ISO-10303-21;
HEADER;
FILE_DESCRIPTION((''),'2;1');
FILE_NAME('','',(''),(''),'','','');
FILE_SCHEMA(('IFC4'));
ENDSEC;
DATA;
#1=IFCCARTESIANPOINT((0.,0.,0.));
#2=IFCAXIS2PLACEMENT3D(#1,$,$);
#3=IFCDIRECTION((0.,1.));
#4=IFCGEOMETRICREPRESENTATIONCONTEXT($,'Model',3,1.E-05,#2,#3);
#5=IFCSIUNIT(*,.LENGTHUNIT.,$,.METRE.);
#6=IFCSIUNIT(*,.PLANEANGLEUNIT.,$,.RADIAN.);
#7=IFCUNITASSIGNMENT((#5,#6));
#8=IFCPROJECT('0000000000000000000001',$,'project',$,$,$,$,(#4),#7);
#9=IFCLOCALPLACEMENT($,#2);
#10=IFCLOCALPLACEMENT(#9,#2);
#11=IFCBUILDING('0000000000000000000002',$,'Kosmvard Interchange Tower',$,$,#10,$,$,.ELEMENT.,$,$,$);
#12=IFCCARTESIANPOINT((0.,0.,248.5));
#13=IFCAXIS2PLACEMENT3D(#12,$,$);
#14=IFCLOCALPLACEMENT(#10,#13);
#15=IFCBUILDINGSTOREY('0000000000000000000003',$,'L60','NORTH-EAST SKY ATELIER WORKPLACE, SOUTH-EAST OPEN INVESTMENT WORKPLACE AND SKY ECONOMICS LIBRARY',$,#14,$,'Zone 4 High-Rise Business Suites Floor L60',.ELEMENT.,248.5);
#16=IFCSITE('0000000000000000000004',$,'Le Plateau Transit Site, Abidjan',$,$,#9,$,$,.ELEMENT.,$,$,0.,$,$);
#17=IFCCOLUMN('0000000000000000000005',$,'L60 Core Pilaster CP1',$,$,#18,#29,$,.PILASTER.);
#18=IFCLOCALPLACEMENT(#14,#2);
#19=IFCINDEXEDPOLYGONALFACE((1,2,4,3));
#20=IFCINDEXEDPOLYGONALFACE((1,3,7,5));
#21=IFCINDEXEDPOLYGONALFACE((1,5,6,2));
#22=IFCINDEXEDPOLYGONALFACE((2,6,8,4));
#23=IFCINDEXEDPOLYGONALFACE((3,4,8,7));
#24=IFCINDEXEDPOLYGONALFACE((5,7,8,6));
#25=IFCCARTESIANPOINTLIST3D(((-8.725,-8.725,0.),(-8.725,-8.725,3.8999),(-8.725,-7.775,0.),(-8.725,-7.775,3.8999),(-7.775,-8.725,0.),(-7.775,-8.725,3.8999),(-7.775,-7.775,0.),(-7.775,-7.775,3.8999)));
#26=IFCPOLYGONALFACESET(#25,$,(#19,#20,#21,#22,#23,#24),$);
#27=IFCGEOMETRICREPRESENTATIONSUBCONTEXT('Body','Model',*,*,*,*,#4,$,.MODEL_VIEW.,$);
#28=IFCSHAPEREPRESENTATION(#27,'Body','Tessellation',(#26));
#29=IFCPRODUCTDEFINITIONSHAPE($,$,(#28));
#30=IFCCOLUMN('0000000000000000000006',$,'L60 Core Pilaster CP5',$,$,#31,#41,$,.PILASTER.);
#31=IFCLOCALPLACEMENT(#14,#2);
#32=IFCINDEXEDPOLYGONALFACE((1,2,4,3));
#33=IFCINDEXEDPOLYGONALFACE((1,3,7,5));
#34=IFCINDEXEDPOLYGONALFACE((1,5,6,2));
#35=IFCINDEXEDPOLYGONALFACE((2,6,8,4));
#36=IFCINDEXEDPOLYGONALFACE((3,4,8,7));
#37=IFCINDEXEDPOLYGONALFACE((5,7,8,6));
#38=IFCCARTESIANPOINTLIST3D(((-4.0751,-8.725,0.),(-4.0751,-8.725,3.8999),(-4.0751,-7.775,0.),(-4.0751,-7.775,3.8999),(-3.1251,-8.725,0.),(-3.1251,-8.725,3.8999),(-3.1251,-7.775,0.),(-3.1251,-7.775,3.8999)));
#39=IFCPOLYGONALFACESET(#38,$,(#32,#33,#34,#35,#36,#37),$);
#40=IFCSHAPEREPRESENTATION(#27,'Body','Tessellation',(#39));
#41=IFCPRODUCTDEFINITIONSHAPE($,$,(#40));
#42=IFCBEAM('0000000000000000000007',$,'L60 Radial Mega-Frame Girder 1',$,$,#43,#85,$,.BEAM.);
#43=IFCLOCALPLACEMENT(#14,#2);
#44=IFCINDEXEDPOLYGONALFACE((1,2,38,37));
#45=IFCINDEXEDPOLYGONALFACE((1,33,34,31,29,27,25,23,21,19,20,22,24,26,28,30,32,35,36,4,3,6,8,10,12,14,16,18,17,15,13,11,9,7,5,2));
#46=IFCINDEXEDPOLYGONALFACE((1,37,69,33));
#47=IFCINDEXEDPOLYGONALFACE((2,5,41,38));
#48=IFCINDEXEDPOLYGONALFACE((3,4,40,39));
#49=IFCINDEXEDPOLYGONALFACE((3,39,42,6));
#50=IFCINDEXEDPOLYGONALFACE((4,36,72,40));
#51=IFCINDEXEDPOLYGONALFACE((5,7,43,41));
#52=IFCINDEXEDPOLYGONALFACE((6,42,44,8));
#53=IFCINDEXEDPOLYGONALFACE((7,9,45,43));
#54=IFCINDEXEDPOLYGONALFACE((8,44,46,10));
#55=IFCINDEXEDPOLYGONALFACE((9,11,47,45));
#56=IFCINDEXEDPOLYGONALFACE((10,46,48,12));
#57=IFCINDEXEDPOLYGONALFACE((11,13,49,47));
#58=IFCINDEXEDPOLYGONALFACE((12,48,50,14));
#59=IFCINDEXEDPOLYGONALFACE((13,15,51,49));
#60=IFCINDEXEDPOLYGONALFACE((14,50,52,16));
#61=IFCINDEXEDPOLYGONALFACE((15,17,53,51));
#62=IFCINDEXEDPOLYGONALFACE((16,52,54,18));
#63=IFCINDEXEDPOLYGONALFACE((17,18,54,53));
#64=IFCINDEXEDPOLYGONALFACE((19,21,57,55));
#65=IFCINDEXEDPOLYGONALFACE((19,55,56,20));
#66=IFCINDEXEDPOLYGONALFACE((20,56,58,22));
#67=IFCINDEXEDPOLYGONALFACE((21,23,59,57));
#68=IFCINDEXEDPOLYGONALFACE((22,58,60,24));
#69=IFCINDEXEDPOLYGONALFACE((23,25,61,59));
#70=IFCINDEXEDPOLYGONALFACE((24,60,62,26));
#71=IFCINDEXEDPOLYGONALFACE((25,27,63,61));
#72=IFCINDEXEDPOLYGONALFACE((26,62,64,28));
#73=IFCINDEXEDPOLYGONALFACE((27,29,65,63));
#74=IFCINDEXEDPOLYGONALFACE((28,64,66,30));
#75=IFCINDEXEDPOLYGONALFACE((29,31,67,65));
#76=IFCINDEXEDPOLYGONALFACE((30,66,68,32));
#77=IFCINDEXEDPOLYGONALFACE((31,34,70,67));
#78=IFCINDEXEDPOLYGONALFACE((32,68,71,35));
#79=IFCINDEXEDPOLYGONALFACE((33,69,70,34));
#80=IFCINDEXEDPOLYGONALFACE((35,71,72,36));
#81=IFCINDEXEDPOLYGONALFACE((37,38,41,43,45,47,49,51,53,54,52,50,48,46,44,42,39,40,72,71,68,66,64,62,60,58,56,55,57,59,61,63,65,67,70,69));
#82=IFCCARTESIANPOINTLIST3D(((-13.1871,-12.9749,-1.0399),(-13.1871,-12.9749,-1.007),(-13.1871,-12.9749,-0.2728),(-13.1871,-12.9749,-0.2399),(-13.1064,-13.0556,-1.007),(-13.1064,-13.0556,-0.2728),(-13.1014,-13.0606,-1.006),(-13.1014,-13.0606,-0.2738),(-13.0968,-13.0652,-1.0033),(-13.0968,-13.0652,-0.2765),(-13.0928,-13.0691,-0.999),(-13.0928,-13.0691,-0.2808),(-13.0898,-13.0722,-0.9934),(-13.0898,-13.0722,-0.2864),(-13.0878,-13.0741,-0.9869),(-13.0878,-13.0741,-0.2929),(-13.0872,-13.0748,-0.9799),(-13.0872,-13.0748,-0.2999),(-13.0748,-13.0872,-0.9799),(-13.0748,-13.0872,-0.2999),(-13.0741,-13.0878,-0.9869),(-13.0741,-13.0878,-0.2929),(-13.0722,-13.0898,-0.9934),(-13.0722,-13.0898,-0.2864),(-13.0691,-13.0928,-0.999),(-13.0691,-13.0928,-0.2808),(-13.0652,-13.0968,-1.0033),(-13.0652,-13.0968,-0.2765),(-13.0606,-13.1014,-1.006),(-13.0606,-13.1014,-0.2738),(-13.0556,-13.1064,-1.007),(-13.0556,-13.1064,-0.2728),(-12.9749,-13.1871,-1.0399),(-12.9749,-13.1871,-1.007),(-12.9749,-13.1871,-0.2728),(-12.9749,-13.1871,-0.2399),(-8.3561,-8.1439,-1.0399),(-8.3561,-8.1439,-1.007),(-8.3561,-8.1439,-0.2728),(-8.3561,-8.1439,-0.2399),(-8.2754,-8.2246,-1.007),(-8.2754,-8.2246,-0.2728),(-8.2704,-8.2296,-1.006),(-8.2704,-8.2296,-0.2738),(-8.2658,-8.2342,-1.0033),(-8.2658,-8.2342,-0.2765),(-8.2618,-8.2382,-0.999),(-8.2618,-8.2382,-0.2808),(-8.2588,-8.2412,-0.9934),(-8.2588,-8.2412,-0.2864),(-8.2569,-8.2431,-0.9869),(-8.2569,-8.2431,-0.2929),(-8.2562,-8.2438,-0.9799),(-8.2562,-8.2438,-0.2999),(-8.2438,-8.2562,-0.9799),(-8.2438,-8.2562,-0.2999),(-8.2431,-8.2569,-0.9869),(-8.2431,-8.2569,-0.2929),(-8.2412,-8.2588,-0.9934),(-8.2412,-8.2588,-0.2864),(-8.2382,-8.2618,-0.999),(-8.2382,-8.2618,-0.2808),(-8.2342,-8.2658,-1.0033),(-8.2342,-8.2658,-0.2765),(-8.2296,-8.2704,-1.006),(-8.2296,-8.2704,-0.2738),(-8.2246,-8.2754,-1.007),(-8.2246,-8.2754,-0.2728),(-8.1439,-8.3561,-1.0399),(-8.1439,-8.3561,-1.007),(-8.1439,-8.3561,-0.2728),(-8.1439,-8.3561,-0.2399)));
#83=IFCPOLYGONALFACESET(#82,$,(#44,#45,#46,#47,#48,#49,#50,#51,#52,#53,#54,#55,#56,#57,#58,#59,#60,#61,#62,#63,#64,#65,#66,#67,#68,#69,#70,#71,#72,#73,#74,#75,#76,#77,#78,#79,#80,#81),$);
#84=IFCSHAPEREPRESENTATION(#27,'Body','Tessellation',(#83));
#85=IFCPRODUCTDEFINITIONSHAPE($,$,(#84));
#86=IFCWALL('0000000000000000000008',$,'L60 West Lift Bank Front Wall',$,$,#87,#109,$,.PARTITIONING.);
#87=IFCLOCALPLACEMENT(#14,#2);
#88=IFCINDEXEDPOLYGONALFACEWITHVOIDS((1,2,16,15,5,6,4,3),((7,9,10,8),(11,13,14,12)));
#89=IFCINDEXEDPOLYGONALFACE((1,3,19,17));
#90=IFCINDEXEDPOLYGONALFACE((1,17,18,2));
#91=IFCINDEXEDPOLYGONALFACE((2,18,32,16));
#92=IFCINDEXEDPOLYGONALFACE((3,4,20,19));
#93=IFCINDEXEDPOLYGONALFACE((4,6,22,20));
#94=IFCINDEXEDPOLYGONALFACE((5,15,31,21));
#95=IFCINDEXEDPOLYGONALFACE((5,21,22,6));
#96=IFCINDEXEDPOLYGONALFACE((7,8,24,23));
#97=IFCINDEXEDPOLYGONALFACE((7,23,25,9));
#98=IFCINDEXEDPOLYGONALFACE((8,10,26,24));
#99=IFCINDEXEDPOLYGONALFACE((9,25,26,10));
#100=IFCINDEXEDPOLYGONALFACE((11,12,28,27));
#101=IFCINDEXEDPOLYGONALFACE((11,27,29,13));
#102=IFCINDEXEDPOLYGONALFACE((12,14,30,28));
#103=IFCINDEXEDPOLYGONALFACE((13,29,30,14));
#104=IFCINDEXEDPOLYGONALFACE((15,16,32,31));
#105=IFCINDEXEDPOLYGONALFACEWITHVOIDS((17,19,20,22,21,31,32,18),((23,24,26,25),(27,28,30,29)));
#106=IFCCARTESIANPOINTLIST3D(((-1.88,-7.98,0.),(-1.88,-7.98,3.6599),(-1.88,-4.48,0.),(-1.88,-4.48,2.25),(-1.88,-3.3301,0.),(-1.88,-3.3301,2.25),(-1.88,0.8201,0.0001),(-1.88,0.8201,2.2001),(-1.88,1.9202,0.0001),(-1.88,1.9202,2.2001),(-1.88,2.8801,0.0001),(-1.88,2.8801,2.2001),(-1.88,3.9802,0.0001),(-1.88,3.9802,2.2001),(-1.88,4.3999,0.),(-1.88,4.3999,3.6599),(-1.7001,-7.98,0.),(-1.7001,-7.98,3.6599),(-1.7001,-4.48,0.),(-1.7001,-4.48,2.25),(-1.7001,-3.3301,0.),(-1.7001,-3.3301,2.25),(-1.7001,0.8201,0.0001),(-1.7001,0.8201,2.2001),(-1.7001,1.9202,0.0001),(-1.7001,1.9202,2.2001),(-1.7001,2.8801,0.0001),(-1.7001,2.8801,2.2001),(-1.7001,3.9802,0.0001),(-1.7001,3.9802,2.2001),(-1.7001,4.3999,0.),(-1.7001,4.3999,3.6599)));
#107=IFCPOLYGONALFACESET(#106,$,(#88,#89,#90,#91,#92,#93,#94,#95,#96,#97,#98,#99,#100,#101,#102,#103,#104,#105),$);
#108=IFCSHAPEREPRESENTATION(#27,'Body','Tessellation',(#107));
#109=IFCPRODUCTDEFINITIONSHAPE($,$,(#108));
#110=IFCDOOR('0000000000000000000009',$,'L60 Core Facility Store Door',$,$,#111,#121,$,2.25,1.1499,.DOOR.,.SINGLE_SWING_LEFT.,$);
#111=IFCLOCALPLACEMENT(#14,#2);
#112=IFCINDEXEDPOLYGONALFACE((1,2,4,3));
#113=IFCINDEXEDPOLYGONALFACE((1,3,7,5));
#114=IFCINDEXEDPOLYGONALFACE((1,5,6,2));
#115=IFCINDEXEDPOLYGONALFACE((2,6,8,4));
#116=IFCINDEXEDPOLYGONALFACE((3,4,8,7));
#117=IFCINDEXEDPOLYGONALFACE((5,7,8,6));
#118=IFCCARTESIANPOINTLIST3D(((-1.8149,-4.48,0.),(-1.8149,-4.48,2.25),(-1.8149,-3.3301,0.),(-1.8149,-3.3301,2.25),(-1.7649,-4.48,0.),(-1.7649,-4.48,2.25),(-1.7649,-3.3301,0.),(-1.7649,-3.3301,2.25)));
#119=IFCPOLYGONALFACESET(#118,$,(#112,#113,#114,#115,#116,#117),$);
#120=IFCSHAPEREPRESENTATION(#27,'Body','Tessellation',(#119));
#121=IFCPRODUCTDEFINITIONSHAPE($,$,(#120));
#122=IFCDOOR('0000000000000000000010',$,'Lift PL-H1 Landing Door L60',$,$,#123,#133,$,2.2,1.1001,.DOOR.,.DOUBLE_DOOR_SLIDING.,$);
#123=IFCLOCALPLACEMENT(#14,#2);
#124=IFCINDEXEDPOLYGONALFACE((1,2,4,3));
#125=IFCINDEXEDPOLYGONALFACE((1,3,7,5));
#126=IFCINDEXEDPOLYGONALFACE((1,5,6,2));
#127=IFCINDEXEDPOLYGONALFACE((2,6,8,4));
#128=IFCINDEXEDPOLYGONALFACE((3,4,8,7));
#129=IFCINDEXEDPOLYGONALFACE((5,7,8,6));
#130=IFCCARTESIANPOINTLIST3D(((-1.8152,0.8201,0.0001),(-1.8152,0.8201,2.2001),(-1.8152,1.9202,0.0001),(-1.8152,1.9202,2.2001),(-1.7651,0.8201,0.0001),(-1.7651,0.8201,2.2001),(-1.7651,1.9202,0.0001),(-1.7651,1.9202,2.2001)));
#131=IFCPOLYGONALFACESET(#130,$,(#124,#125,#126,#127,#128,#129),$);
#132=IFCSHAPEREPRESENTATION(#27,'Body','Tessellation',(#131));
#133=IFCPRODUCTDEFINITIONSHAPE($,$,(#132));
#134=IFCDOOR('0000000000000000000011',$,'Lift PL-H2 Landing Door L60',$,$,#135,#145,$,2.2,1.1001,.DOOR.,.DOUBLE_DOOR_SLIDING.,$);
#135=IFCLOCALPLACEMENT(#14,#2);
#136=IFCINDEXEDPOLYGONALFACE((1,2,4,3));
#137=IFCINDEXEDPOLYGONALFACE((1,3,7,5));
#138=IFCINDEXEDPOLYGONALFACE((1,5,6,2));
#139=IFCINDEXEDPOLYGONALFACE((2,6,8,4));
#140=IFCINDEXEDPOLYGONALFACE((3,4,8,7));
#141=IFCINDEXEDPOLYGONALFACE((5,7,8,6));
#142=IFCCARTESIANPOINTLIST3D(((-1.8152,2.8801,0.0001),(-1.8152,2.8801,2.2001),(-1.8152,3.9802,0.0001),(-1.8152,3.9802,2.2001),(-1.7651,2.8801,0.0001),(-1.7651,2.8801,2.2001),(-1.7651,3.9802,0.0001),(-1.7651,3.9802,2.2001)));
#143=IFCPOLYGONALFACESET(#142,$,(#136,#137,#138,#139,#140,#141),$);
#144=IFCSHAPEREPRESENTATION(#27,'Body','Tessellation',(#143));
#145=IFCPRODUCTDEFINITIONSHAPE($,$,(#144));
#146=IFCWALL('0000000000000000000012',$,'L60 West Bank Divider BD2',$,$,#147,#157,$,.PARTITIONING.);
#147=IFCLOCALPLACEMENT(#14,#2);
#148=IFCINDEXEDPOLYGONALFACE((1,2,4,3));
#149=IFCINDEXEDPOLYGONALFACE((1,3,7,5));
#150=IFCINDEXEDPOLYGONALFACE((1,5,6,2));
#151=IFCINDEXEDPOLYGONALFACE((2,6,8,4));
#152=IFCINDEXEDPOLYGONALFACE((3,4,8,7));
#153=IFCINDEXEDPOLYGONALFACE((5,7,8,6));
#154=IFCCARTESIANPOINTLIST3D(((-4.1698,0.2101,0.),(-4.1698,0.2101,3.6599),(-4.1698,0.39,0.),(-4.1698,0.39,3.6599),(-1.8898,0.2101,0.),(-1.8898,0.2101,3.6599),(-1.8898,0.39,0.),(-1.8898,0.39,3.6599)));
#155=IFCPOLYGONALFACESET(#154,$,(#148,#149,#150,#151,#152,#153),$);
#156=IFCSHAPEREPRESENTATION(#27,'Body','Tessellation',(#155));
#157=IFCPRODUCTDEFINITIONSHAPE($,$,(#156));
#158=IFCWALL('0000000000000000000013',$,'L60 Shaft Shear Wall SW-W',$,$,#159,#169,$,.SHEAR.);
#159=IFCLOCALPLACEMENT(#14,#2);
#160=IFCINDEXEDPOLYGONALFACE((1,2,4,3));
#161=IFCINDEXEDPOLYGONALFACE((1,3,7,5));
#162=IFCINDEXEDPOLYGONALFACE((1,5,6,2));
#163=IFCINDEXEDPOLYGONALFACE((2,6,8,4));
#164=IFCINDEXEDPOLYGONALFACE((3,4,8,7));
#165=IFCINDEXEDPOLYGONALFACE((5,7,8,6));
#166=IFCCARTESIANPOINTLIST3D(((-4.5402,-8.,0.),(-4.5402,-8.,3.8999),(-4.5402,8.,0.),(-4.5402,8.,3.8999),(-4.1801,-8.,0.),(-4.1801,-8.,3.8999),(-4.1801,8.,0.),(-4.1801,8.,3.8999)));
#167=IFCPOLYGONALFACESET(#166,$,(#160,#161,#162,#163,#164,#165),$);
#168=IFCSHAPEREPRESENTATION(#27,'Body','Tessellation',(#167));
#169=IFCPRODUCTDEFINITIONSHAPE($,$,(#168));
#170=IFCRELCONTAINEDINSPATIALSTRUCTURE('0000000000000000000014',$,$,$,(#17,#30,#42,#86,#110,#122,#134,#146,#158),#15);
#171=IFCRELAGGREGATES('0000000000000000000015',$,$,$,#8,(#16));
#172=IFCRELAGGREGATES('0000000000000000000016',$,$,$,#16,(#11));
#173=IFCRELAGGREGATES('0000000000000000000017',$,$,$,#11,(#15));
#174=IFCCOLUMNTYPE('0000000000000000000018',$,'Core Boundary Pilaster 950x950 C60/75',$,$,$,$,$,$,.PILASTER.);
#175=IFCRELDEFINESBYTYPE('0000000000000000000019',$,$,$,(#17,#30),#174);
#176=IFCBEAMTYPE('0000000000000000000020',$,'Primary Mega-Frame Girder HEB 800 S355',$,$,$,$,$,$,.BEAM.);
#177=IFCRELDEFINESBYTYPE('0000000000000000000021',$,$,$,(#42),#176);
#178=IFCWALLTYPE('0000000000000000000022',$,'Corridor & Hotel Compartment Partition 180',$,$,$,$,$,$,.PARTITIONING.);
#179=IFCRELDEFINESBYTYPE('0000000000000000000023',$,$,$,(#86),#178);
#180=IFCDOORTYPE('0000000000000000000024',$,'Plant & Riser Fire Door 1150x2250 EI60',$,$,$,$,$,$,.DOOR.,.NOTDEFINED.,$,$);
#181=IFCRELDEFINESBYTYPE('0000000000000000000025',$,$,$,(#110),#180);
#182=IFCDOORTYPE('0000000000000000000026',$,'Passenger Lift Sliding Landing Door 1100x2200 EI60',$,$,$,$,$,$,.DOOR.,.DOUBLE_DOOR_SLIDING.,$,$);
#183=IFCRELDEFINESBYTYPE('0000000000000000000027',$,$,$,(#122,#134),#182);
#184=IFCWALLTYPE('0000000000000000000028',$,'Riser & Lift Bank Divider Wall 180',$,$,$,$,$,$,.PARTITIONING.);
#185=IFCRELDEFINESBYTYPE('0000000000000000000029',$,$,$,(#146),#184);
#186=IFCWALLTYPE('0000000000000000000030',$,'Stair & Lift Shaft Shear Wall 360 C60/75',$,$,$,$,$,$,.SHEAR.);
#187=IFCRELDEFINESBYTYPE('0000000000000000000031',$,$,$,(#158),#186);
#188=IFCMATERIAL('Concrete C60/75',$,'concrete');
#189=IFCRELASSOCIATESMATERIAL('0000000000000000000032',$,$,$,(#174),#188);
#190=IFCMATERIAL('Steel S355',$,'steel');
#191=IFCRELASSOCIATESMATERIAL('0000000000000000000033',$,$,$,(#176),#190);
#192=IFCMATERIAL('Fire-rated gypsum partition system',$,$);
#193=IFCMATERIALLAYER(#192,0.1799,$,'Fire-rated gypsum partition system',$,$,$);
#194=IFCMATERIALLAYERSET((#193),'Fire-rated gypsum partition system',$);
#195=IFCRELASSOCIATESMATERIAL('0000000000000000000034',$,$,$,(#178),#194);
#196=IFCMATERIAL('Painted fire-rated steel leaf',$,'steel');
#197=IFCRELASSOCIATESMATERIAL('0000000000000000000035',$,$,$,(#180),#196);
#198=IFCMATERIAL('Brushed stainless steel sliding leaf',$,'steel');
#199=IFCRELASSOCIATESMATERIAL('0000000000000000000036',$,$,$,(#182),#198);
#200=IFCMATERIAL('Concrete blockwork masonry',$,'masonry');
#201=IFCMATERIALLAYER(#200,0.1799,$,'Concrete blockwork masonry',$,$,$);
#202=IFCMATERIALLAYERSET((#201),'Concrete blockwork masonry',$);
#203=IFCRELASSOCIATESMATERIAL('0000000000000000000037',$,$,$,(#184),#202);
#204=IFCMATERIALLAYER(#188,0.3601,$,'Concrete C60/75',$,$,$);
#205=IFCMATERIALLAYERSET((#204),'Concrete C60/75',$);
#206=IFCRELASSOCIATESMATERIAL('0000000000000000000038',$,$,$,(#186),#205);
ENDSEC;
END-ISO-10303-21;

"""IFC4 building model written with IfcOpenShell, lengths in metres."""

from ifc_helpers import new_model, si_unit, direction, frame, frame_2d, origin, origin_2d, place, context, subcontext, project, spatial, rectangle, i_section, extrude, source, transform, mapped, material, layer, layer_set, material_profile, profile_set, type_object, element, fill, save


model = new_model("IFC4")

# Units and contexts
model_context = context("Model", 3, precision=1e-05, world=origin(), true_north=direction((0.0, 1.0)))
body_context = subcontext(model_context, "Body", "Model", "MODEL_VIEW")
ifc_project = project(units=[si_unit("LENGTHUNIT", "METRE"), si_unit("PLANEANGLEUNIT", "RADIAN")], contexts=[model_context])

# Site, building, storey
site_placement = place(None, origin())
site = spatial("IfcSite", under=ifc_project, at=site_placement, Name="Le Plateau Transit Site, Abidjan", CompositionType="ELEMENT", RefElevation=0.0)
building_placement = place(site_placement, origin())
building = spatial("IfcBuilding", under=site, at=building_placement, Name="Kosmvard Interchange Tower", CompositionType="ELEMENT")
storey_placement = place(building_placement, frame((0.0, 0.0, 248.5)))
storey = spatial("IfcBuildingStorey", under=building, at=storey_placement, Name="L60", Description="NORTH-EAST SKY ATELIER WORKPLACE, SOUTH-EAST OPEN INVESTMENT WORKPLACE AND SKY ECONOMICS LIBRARY", LongName="Zone 4 High-Rise Business Suites Floor L60", CompositionType="ELEMENT", Elevation=248.5)

# Columns
ifc_material_1 = material(Name="Concrete C60/75", Category="concrete")
ifc_material_profile_1 = material_profile(ifc_material_1, rectangle(XDim=0.95, YDim=0.95, at=origin_2d()), Name="CP 950x950")
ifc_profile_set_1 = profile_set([ifc_material_profile_1], Name="Concrete C60/75")
column_type = type_object("IfcColumnType", Name="Core Boundary Pilaster 950x950 C60/75", PredefinedType="PILASTER", material=ifc_profile_set_1)
shared_shape_1 = source(origin(), body_context, "Body", "SweptSolid", [
    extrude(rectangle(XDim=0.95, YDim=0.95, at=origin_2d()), origin(), (0.0, 0.0, 1.0), 3.8999),
])
for number, where, z_axis, x_axis, name in (
    (1, (-8.25, -8.25, 0.0), (0.0, 0.0, 1.0), (1.0, 0.0, 0.0), "L60 Core Pilaster CP1"),
    (2, (-3.6001, -8.25, 0.0), (0.0, 0.0, 1.0), (1.0, 0.0, 0.0), "L60 Core Pilaster CP5"),
):
    element("IfcColumn", number, at=place(storey_placement, frame(where, z_axis=z_axis, x_axis=x_axis)), inside=storey, type_object=column_type, Name=name, PredefinedType="PILASTER", context=body_context, shape_type="MappedRepresentation", body=[
        mapped(shared_shape_1, transform((0.0, 0.0, 0.0), scale=1.0)),
    ])

# Beam
ifc_material_2 = material(Name="Steel S355", Category="steel")
ifc_material_profile_2 = material_profile(ifc_material_2, i_section(OverallWidth=0.3, OverallDepth=0.8, WebThickness=0.0176, FlangeThickness=0.033, FilletRadius=0.0271, at=origin_2d()), Name="HEB 800")
ifc_profile_set_2 = profile_set([ifc_material_profile_2], Name="Steel S355")
beam_type = type_object("IfcBeamType", Name="Primary Mega-Frame Girder HEB 800 S355", PredefinedType="BEAM", material=ifc_profile_set_2)
shared_shape_2 = source(origin(), body_context, "Body", "SweptSolid", [
    extrude(i_section(OverallWidth=0.3, OverallDepth=0.8, WebThickness=0.0176, FlangeThickness=0.033, FilletRadius=0.0271, at=origin_2d()), origin(), (0.0, 0.0, 1.0), 6.832),
])
beam_placement = place(storey_placement, frame((-8.25, -8.25, -0.6399), z_axis=(-0.707107, -0.707107, 0.0), x_axis=(0.707107, -0.707107, 0.0)))
element("IfcBeam", 3, at=beam_placement, inside=storey, type_object=beam_type, Name="L60 Radial Mega-Frame Girder 1", PredefinedType="BEAM", context=body_context, shape_type="MappedRepresentation", body=[
    mapped(shared_shape_2, transform((0.0, 0.0, 0.0), scale=1.0)),
])

# Wall, openings, doors
ifc_material_3 = material(Name="Fire-rated gypsum partition system")
ifc_layer_1 = layer(ifc_material_3, 0.1799, Name="Fire-rated gypsum partition system")
ifc_layer_set_1 = layer_set([ifc_layer_1], Name="Fire-rated gypsum partition system")
wall_type_1 = type_object("IfcWallType", Name="Corridor & Hotel Compartment Partition 180", PredefinedType="PARTITIONING", material=ifc_layer_set_1)
wall_1_placement = place(storey_placement, frame((-1.79, -7.98, 0.0), z_axis=(0.0, 0.0, 1.0), x_axis=(0.0, 1.0, 0.0)))
wall_1 = element("IfcWall", 4, at=wall_1_placement, inside=storey, type_object=wall_type_1, Name="L60 West Lift Bank Front Wall", PredefinedType="PARTITIONING", context=body_context, shape_type="SweptSolid", body=[
    extrude(rectangle(XDim=12.3799, YDim=0.1799, at=frame_2d((6.1899, 0.0))), origin(), (0.0, 0.0, 1.0), 3.6599),
])
opening_1_placement = place(wall_1_placement, frame((8.8, 0.0, 0.0)))
opening_1 = element("IfcOpeningElement", 5, at=opening_1_placement, cuts=wall_1, PredefinedType="OPENING", context=body_context, shape_type="SweptSolid", body=[
    extrude(rectangle(XDim=1.1001, YDim=2.2, at=frame_2d((0.55, 1.1001))), frame((0.0, 0.1001, 0.0), z_axis=(0.0, -1.0, 0.0), x_axis=(1.0, 0.0, 0.0)), (0.0, 0.0, 1.0), 0.2),
])
opening_2_placement = place(wall_1_placement, frame((10.8601, 0.0, 0.0)))
opening_2 = element("IfcOpeningElement", 6, at=opening_2_placement, cuts=wall_1, PredefinedType="OPENING", context=body_context, shape_type="SweptSolid", body=[
    extrude(rectangle(XDim=1.1001, YDim=2.2, at=frame_2d((0.55, 1.1001))), frame((0.0, 0.1001, 0.0), z_axis=(0.0, -1.0, 0.0), x_axis=(1.0, 0.0, 0.0)), (0.0, 0.0, 1.0), 0.2),
])
opening_3_placement = place(wall_1_placement, frame((3.5, 0.0, 0.0)))
opening_3 = element("IfcOpeningElement", 7, at=opening_3_placement, cuts=wall_1, PredefinedType="OPENING", context=body_context, shape_type="SweptSolid", body=[
    extrude(rectangle(XDim=1.1499, YDim=2.25, at=frame_2d((0.575, 1.125))), frame((0.0, 0.1001, 0.0), z_axis=(0.0, -1.0, 0.0), x_axis=(1.0, 0.0, 0.0)), (0.0, 0.0, 1.0), 0.2),
])
ifc_material_4 = material(Name="Painted fire-rated steel leaf", Category="steel")
door_type_1 = type_object("IfcDoorType", Name="Plant & Riser Fire Door 1150x2250 EI60", OperationType="NOTDEFINED", PredefinedType="DOOR", material=ifc_material_4)
shared_shape_3 = source(origin(), body_context, "Body", "SweptSolid", [
    extrude(rectangle(XDim=1.1499, YDim=2.25, at=frame_2d((0.575, 1.125))), frame((0.0, 0.0249, 0.0), z_axis=(0.0, -1.0, 0.0), x_axis=(1.0, 0.0, 0.0)), (0.0, 0.0, 1.0), 0.05),
])
door_1_placement = place(opening_3_placement, origin())
door_1 = element("IfcDoor", 8, at=door_1_placement, inside=storey, type_object=door_type_1, Name="L60 Core Facility Store Door", OperationType="SINGLE_SWING_LEFT", OverallHeight=2.25, OverallWidth=1.1499, PredefinedType="DOOR", context=body_context, shape_type="MappedRepresentation", body=[
    mapped(shared_shape_3, transform((0.0, 0.0, 0.0), scale=1.0)),
])
fill(opening_3, door_1)
ifc_material_5 = material(Name="Brushed stainless steel sliding leaf", Category="steel")
door_type_2 = type_object("IfcDoorType", Name="Passenger Lift Sliding Landing Door 1100x2200 EI60", OperationType="DOUBLE_DOOR_SLIDING", PredefinedType="DOOR", material=ifc_material_5)
shared_shape_4 = source(origin(), body_context, "Body", "SweptSolid", [
    extrude(rectangle(XDim=1.1001, YDim=2.2, at=frame_2d((0.55, 1.1001))), frame((0.0, 0.0249, 0.0), z_axis=(0.0, -1.0, 0.0), x_axis=(1.0, 0.0, 0.0)), (0.0, 0.0, 1.0), 0.05),
])
door_2_placement = place(opening_1_placement, frame((1.1001, 0.0, 0.0), z_axis=(0.0, 0.0, 1.0), x_axis=(-1.0, 0.0, 0.0)))
door_2 = element("IfcDoor", 9, at=door_2_placement, inside=storey, type_object=door_type_2, Name="Lift PL-H1 Landing Door L60", OperationType="DOUBLE_DOOR_SLIDING", OverallHeight=2.2, OverallWidth=1.1001, PredefinedType="DOOR", context=body_context, shape_type="MappedRepresentation", body=[
    mapped(shared_shape_4, transform((0.0, 0.0, 0.0), scale=1.0)),
])
fill(opening_1, door_2)
door_3_placement = place(opening_2_placement, frame((1.1001, 0.0, 0.0), z_axis=(0.0, 0.0, 1.0), x_axis=(-1.0, 0.0, 0.0)))
door_3 = element("IfcDoor", 10, at=door_3_placement, inside=storey, type_object=door_type_2, Name="Lift PL-H2 Landing Door L60", OperationType="DOUBLE_DOOR_SLIDING", OverallHeight=2.2, OverallWidth=1.1001, PredefinedType="DOOR", context=body_context, shape_type="MappedRepresentation", body=[
    mapped(shared_shape_4, transform((0.0, 0.0, 0.0), scale=1.0)),
])
fill(opening_2, door_3)

# Walls
ifc_material_6 = material(Name="Concrete blockwork masonry", Category="masonry")
ifc_layer_2 = layer(ifc_material_6, 0.1799, Name="Concrete blockwork masonry")
ifc_layer_set_2 = layer_set([ifc_layer_2], Name="Concrete blockwork masonry")
wall_type_2 = type_object("IfcWallType", Name="Riser & Lift Bank Divider Wall 180", PredefinedType="PARTITIONING", material=ifc_layer_set_2)
wall_2_placement = place(storey_placement, frame((-4.1699, 0.3, 0.0), z_axis=(0.0, 0.0, 1.0), x_axis=(1.0, 0.0, 0.0)))
element("IfcWall", 11, at=wall_2_placement, inside=storey, type_object=wall_type_2, Name="L60 West Bank Divider BD2", PredefinedType="PARTITIONING", context=body_context, shape_type="SweptSolid", body=[
    extrude(rectangle(XDim=2.28, YDim=0.1799, at=frame_2d((1.1401, 0.0))), origin(), (0.0, 0.0, 1.0), 3.6599),
])
ifc_layer_3 = layer(ifc_material_1, 0.3601, Name="Concrete C60/75")
ifc_layer_set_3 = layer_set([ifc_layer_3], Name="Concrete C60/75")
wall_type_3 = type_object("IfcWallType", Name="Stair & Lift Shaft Shear Wall 360 C60/75", PredefinedType="SHEAR", material=ifc_layer_set_3)
wall_3_placement = place(storey_placement, frame((-4.3601, -8.0, 0.0), z_axis=(0.0, 0.0, 1.0), x_axis=(0.0, 1.0, 0.0)))
element("IfcWall", 12, at=wall_3_placement, inside=storey, type_object=wall_type_3, Name="L60 Shaft Shear Wall SW-W", PredefinedType="SHEAR", context=body_context, shape_type="SweptSolid", body=[
    extrude(rectangle(XDim=16.0, YDim=0.3601, at=frame_2d((8.0, 0.0))), origin(), (0.0, 0.0, 1.0), 3.8999),
])

save(model, "model.ifc")
